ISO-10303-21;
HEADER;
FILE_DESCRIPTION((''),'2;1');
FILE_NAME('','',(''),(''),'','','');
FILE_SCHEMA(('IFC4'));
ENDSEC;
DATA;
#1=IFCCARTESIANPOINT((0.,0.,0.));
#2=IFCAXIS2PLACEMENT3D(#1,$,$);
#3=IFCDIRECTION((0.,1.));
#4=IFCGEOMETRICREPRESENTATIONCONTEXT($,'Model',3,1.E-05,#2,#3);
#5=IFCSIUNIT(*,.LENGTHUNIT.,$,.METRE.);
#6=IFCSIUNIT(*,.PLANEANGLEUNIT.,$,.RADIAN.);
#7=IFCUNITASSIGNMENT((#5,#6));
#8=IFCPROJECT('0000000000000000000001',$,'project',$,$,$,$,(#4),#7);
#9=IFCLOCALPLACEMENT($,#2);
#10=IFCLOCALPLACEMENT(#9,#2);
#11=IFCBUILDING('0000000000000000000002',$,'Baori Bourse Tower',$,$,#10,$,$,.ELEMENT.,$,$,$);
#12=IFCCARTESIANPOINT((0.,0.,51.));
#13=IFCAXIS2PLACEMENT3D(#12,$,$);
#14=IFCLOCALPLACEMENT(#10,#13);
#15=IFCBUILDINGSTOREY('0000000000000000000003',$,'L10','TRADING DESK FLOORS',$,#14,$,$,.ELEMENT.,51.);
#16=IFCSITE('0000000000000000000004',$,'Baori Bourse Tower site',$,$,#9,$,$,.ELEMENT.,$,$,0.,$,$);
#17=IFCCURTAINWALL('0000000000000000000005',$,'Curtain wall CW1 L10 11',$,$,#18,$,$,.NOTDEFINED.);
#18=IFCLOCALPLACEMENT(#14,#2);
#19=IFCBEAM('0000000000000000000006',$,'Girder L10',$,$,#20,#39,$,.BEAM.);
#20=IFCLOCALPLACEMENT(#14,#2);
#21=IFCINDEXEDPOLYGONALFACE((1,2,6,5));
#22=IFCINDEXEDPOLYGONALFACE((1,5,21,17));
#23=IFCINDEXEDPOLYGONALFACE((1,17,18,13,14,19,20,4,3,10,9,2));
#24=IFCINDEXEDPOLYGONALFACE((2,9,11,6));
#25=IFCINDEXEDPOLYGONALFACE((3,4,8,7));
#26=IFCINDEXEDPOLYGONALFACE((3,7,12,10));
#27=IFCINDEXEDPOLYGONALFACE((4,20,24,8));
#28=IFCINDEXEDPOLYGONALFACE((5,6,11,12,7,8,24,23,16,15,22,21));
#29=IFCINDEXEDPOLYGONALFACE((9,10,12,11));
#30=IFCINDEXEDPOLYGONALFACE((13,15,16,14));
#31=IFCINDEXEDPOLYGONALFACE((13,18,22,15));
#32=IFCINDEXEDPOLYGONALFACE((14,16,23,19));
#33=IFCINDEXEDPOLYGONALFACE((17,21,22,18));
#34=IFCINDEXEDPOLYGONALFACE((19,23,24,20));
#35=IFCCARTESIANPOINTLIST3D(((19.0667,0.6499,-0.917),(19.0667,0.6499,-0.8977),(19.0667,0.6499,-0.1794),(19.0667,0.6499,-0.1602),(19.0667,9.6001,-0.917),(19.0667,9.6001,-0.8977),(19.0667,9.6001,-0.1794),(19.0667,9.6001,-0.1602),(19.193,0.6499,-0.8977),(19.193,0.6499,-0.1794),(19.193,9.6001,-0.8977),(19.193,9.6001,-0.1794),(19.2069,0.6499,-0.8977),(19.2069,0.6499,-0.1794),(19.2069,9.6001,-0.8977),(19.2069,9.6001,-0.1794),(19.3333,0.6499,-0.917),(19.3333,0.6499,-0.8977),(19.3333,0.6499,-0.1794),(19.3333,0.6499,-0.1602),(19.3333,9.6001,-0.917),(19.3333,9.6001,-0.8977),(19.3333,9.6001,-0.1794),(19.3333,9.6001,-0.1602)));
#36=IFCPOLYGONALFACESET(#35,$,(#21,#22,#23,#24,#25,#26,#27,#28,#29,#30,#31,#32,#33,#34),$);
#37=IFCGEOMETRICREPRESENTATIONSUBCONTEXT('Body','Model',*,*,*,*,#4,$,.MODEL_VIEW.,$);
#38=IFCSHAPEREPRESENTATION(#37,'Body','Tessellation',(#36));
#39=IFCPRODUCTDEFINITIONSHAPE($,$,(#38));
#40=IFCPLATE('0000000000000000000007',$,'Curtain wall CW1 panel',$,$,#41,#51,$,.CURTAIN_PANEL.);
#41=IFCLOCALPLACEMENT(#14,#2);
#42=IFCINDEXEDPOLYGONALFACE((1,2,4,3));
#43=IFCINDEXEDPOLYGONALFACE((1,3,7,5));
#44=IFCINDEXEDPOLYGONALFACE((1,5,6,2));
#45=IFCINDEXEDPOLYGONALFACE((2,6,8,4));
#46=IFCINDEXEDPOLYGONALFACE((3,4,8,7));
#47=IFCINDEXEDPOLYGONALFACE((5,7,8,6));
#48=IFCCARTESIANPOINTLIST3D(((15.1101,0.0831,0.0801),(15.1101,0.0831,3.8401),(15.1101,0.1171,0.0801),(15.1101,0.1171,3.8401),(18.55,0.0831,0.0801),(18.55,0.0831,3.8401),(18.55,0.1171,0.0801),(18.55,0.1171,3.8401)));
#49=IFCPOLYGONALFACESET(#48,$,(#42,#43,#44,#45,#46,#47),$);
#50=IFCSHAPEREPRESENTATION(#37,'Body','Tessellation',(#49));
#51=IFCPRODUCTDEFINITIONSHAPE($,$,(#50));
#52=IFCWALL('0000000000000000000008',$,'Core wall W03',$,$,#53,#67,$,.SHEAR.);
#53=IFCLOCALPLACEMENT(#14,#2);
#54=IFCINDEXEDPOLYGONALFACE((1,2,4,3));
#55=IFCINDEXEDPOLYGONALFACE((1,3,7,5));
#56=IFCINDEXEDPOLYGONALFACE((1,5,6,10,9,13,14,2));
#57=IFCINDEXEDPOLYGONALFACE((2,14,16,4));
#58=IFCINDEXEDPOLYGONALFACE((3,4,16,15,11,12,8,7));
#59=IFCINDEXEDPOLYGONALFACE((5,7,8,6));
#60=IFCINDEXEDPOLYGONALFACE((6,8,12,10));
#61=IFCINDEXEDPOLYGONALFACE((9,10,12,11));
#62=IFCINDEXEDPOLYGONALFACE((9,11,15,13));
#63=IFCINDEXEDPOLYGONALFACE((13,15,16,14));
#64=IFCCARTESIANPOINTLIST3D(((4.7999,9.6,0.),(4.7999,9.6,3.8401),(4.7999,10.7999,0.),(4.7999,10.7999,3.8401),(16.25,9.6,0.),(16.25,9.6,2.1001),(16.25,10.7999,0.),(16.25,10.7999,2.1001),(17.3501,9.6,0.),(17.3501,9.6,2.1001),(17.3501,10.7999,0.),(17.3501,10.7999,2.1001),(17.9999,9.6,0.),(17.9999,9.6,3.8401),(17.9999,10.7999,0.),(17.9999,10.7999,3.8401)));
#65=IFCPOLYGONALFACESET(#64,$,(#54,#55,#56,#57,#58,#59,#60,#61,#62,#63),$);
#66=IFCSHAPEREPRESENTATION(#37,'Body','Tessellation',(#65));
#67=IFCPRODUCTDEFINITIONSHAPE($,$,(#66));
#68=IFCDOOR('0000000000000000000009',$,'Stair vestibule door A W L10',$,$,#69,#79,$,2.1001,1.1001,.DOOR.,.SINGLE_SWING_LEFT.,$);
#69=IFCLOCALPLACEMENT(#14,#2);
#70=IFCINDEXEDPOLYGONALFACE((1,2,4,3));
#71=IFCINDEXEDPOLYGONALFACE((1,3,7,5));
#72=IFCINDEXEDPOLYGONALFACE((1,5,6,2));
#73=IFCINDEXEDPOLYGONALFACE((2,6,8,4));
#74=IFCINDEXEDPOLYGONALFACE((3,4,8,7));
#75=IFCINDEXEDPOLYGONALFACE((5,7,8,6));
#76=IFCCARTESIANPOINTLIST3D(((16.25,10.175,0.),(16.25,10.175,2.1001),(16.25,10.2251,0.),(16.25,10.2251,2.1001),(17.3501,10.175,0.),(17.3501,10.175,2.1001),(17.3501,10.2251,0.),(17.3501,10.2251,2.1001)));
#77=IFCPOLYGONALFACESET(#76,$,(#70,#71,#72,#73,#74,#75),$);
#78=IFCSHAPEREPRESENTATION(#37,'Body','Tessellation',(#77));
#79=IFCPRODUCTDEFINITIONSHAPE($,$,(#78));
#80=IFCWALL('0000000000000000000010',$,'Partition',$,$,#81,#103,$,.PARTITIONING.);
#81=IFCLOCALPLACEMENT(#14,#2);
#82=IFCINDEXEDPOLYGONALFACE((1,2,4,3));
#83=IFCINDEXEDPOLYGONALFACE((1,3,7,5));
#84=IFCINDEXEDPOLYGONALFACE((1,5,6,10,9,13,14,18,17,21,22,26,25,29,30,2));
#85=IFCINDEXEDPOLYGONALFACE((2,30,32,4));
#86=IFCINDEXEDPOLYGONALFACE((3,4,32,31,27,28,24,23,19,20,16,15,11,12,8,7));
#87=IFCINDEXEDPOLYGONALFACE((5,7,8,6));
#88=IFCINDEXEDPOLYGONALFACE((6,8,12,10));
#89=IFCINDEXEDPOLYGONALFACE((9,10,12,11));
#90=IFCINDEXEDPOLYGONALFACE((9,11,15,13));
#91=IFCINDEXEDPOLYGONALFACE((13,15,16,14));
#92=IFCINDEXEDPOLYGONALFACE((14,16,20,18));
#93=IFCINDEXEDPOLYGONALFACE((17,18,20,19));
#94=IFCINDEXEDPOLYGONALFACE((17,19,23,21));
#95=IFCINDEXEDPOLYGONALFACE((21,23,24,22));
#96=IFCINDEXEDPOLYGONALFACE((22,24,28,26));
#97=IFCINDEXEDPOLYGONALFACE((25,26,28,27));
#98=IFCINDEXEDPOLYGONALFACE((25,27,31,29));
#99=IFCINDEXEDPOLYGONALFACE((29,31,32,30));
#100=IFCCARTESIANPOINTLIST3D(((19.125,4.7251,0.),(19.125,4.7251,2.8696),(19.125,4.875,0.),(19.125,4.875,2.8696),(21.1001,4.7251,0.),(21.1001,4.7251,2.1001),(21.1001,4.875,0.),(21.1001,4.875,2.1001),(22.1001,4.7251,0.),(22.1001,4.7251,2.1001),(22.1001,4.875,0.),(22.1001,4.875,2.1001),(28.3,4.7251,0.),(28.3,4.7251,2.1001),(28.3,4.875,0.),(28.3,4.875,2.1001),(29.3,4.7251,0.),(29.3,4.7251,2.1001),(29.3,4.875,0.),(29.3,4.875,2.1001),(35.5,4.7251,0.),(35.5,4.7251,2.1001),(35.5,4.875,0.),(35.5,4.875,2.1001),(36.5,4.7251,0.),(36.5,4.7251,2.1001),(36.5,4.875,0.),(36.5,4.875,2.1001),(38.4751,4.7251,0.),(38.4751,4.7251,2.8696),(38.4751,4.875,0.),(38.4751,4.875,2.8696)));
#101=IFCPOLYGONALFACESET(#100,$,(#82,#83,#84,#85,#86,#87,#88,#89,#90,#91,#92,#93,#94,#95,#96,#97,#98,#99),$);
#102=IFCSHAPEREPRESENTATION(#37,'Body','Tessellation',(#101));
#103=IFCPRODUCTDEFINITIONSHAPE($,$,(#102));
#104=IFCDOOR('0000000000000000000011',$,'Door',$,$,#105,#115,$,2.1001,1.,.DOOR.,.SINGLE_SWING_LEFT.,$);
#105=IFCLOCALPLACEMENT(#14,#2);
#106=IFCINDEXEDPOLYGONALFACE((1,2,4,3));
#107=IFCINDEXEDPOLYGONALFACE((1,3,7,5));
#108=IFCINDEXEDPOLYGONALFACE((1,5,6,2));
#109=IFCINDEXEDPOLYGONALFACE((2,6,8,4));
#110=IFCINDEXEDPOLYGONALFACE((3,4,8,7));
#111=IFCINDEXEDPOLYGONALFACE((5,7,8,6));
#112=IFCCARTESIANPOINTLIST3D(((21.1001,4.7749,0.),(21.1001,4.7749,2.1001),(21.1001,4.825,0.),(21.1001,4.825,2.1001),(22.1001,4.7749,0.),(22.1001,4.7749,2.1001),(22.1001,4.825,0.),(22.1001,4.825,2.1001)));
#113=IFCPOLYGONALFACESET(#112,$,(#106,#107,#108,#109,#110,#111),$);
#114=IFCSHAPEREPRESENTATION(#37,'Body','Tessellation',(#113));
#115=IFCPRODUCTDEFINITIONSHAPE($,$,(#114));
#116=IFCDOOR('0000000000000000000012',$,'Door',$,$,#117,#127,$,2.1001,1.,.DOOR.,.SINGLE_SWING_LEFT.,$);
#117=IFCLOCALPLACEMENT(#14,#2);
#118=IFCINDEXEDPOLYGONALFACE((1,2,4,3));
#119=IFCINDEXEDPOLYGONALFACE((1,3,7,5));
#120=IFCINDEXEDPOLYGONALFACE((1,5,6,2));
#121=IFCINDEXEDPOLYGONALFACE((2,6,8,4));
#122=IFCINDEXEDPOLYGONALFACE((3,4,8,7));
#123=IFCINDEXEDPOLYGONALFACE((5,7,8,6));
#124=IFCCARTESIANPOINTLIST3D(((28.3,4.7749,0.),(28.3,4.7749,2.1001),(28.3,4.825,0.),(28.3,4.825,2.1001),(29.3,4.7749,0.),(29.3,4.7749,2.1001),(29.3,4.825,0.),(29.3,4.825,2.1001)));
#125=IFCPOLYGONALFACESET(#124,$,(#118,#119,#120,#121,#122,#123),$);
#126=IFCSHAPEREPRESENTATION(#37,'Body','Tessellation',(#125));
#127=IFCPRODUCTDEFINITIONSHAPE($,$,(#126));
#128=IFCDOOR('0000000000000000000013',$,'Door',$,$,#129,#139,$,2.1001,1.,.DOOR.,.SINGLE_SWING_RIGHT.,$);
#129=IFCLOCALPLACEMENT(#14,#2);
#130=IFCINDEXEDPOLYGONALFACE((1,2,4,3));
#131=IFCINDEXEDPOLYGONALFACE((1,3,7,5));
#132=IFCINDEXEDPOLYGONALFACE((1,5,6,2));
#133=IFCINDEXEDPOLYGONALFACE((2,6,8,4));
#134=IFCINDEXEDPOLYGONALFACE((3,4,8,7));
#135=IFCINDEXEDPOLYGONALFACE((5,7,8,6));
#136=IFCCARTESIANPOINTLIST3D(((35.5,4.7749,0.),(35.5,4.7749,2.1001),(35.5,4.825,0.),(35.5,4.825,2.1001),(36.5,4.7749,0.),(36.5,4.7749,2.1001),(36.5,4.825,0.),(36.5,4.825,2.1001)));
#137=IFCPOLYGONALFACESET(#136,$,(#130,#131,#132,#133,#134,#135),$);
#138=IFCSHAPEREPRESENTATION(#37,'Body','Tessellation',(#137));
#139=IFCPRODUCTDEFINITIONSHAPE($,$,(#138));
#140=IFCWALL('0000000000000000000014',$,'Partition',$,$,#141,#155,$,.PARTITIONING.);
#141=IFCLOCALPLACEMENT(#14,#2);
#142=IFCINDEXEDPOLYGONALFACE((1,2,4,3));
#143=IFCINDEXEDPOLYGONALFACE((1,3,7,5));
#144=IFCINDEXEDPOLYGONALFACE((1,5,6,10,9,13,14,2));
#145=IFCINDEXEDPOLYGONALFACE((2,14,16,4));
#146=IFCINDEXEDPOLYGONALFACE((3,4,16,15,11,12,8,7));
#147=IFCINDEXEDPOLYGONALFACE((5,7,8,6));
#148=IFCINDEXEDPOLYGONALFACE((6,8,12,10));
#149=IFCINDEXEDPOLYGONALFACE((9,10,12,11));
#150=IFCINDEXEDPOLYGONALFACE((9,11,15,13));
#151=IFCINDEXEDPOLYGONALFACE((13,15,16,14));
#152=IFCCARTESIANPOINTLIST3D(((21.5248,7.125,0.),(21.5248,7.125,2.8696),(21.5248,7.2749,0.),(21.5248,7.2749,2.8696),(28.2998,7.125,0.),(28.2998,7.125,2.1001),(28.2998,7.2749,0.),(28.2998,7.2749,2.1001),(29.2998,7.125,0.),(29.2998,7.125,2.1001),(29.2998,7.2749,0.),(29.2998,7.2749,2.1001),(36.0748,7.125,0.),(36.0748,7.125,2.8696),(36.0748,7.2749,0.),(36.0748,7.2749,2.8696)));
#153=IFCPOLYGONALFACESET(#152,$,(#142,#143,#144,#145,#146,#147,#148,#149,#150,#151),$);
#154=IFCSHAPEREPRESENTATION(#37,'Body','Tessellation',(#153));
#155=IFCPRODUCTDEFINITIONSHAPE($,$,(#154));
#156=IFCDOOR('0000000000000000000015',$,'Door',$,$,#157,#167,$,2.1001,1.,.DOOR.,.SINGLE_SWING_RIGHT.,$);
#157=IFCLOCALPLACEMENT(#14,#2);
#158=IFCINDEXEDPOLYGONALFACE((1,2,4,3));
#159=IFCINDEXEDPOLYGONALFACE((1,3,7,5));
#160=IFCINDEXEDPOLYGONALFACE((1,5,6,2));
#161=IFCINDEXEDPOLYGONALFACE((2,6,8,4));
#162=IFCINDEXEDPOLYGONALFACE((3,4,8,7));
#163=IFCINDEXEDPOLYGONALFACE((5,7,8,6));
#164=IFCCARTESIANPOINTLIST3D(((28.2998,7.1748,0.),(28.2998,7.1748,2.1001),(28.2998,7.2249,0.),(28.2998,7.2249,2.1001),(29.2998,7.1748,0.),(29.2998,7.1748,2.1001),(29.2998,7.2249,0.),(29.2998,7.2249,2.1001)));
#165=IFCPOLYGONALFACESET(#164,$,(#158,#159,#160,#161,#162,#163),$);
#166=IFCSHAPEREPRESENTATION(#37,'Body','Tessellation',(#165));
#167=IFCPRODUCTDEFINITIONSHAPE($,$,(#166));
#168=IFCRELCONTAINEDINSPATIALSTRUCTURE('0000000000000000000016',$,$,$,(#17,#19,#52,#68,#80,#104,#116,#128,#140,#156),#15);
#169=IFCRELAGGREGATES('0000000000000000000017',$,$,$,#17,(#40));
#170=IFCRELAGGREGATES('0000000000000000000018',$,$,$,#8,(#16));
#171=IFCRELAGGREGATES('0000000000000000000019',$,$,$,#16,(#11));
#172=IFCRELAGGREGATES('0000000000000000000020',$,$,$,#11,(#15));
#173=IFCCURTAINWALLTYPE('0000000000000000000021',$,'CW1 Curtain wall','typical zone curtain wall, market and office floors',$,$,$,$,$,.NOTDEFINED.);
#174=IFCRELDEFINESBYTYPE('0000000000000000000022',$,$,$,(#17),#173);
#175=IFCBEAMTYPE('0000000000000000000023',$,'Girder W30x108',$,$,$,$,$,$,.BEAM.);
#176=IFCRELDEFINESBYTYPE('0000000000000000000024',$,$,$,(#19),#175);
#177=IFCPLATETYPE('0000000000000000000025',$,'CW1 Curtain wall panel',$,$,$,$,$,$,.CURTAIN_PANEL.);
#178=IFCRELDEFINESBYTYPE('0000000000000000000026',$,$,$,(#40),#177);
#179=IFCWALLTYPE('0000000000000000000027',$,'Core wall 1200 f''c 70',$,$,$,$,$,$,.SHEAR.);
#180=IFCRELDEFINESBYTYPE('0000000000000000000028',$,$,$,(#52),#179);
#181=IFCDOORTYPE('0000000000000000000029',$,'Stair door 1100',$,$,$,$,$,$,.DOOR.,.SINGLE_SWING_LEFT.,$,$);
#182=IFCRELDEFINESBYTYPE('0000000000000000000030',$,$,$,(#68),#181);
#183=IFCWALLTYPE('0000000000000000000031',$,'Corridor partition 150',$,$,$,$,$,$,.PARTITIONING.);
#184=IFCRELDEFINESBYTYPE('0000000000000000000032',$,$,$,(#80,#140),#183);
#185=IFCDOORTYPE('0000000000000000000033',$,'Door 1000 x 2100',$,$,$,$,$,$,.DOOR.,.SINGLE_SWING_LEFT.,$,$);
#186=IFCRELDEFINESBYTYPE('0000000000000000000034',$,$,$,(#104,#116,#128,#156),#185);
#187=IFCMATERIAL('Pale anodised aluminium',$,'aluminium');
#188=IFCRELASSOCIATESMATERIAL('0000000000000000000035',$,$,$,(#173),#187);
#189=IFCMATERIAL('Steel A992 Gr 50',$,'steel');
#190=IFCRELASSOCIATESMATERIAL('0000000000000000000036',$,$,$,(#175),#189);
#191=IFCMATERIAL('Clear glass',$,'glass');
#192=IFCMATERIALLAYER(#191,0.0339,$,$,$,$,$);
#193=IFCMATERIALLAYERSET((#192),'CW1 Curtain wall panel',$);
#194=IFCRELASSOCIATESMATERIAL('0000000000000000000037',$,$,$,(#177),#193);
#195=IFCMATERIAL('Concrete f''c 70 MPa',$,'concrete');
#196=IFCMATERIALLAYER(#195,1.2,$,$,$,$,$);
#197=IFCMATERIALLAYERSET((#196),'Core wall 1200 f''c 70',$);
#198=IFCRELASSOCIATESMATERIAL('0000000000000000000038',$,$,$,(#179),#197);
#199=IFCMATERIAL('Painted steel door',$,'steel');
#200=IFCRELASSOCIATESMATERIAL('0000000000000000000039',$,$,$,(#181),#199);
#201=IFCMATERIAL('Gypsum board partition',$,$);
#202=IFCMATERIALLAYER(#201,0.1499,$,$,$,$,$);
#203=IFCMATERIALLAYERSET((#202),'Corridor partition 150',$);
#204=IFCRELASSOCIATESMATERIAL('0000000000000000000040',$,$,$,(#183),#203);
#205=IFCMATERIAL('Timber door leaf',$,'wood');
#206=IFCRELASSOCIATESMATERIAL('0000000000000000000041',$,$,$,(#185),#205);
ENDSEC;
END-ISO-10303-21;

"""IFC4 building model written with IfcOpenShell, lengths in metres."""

from ifc_helpers import new_model, si_unit, direction, frame, frame_2d, origin, origin_2d, place, context, subcontext, project, spatial, rectangle, i_section, extrude, material, layer, layer_set, material_profile, profile_set, type_object, element, fill, aggregate, save


model = new_model("IFC4")

# Units and contexts
model_context = context("Model", 3, precision=1e-05, world=origin(), true_north=direction((0.0, 1.0)))
body_context = subcontext(model_context, "Body", "Model", "MODEL_VIEW")
ifc_project = project(units=[si_unit("LENGTHUNIT", "METRE"), si_unit("PLANEANGLEUNIT", "RADIAN")], contexts=[model_context])

# Site, building, storey
site_placement = place(None, origin())
site = spatial("IfcSite", under=ifc_project, at=site_placement, Name="Baori Bourse Tower site", CompositionType="ELEMENT", RefElevation=0.0)
building_placement = place(site_placement, origin())
building = spatial("IfcBuilding", under=site, at=building_placement, Name="Baori Bourse Tower", CompositionType="ELEMENT")
storey_placement = place(building_placement, frame((0.0, 0.0, 51.0)))
storey = spatial("IfcBuildingStorey", under=building, at=storey_placement, Name="L10", Description="TRADING DESK FLOORS", CompositionType="ELEMENT", Elevation=51.0)

# Curtain wall
ifc_material_1 = material(Name="Pale anodised aluminium", Category="aluminium")
curtain_wall_type_1 = type_object("IfcCurtainWallType", Name="CW1 Curtain wall", Description="typical zone curtain wall, market and office floors", PredefinedType="NOTDEFINED", material=ifc_material_1)
curtain_wall_1_placement = place(storey_placement, origin())
curtain_wall_1 = element("IfcCurtainWall", 1, at=curtain_wall_1_placement, inside=storey, type_object=curtain_wall_type_1, Name="Curtain wall CW1 L10 11", PredefinedType="NOTDEFINED")

# Beam
ifc_material_2 = material(Name="Steel A992 Gr 50", Category="steel")
ifc_material_profile_1 = material_profile(ifc_material_2, i_section(OverallWidth=0.2666, OverallDepth=0.7568, WebThickness=0.0139, FlangeThickness=0.0193, at=origin_2d()), Name="W30x108")
ifc_profile_set_1 = profile_set([ifc_material_profile_1], Name="Steel A992 Gr 50")
beam_type_1 = type_object("IfcBeamType", Name="Girder W30x108", PredefinedType="BEAM", material=ifc_profile_set_1)
beam_1_placement = place(storey_placement, frame((19.2, 0.6499, -0.5386), z_axis=(0.0, 1.0, 0.0), x_axis=(-1.0, 0.0, 0.0)))
element("IfcBeam", 2, at=beam_1_placement, inside=storey, type_object=beam_type_1, Name="Girder L10", PredefinedType="BEAM", context=body_context, shape_type="SweptSolid", body=[
    extrude(i_section(OverallWidth=0.2666, OverallDepth=0.7568, WebThickness=0.0139, FlangeThickness=0.0193, at=origin_2d()), origin(), (0.0, 0.0, 1.0), 8.9502),
])

# Plate
ifc_material_3 = material(Name="Clear glass", Category="glass")
ifc_layer_1 = layer(ifc_material_3, 0.0339)
ifc_layer_set_1 = layer_set([ifc_layer_1], Name="CW1 Curtain wall panel")
plate_type = type_object("IfcPlateType", Name="CW1 Curtain wall panel", PredefinedType="CURTAIN_PANEL", material=ifc_layer_set_1)
plate_placement = place(storey_placement, frame((16.8301, 0.1001, 0.0801), z_axis=(0.0, 0.0, 1.0), x_axis=(1.0, 0.0, 0.0)))
plate = element("IfcPlate", 3, at=plate_placement, type_object=plate_type, Name="Curtain wall CW1 panel", PredefinedType="CURTAIN_PANEL", context=body_context, shape_type="SweptSolid", body=[
    extrude(rectangle(XDim=3.4399, YDim=0.0339, at=origin_2d()), origin(), (0.0, 0.0, 1.0), 3.76),
])
aggregate(curtain_wall_1, [plate])

# Wall, opening, door
ifc_material_4 = material(Name="Concrete f'c 70 MPa", Category="concrete")
ifc_layer_2 = layer(ifc_material_4, 1.2)
ifc_layer_set_2 = layer_set([ifc_layer_2], Name="Core wall 1200 f'c 70")
wall_type_1 = type_object("IfcWallType", Name="Core wall 1200 f'c 70", PredefinedType="SHEAR", material=ifc_layer_set_2)
wall_1_placement = place(storey_placement, frame((18.0, 10.2, 0.0), z_axis=(0.0, 0.0, 1.0), x_axis=(-1.0, 0.0, 0.0)))
wall_1 = element("IfcWall", 4, at=wall_1_placement, inside=storey, type_object=wall_type_1, Name="Core wall W03", PredefinedType="SHEAR", context=body_context, shape_type="SweptSolid", body=[
    extrude(rectangle(XDim=13.2, YDim=1.2, at=frame_2d((6.6001, 0.0))), origin(), (0.0, 0.0, 1.0), 3.8401),
])
opening_1_placement = place(wall_1_placement, frame((0.6499, 0.0, 0.0)))
opening_1 = element("IfcOpeningElement", 5, at=opening_1_placement, cuts=wall_1, PredefinedType="OPENING", context=body_context, shape_type="SweptSolid", body=[
    extrude(rectangle(XDim=1.1001, YDim=2.1001, at=frame_2d((0.55, 1.05))), frame((0.0, 0.6099, 0.0), z_axis=(0.0, -1.0, 0.0), x_axis=(1.0, 0.0, 0.0)), (0.0, 0.0, 1.0), 1.22),
])
ifc_material_5 = material(Name="Painted steel door", Category="steel")
door_type_1 = type_object("IfcDoorType", Name="Stair door 1100", OperationType="SINGLE_SWING_LEFT", PredefinedType="DOOR", material=ifc_material_5)
door_1_placement = place(opening_1_placement, origin())
door_1 = element("IfcDoor", 6, at=door_1_placement, inside=storey, type_object=door_type_1, Name="Stair vestibule door A W L10", OperationType="SINGLE_SWING_LEFT", OverallHeight=2.1001, OverallWidth=1.1001, PredefinedType="DOOR", context=body_context, shape_type="SweptSolid", body=[
    extrude(rectangle(XDim=1.1001, YDim=2.1001, at=frame_2d((0.55, 1.05))), frame((0.0, 0.0249, 0.0), z_axis=(0.0, -1.0, 0.0), x_axis=(1.0, 0.0, 0.0)), (0.0, 0.0, 1.0), 0.05),
])
fill(opening_1, door_1)

# Wall, openings, doors
ifc_material_6 = material(Name="Gypsum board partition")
ifc_layer_3 = layer(ifc_material_6, 0.1499)
ifc_layer_set_3 = layer_set([ifc_layer_3], Name="Corridor partition 150")
wall_type_2 = type_object("IfcWallType", Name="Corridor partition 150", PredefinedType="PARTITIONING", material=ifc_layer_set_3)
wall_2_placement = place(storey_placement, frame((19.125, 4.8, 0.0), z_axis=(0.0, 0.0, 1.0), x_axis=(1.0, 0.0, 0.0)))
wall_2 = element("IfcWall", 7, at=wall_2_placement, inside=storey, type_object=wall_type_2, Name="Partition", PredefinedType="PARTITIONING", context=body_context, shape_type="SweptSolid", body=[
    extrude(rectangle(XDim=19.3501, YDim=0.1499, at=frame_2d((9.675, 0.0))), origin(), (0.0, 0.0, 1.0), 2.8696),
])
opening_2_placement = place(wall_2_placement, frame((1.9751, 0.0, 0.0)))
opening_2 = element("IfcOpeningElement", 8, at=opening_2_placement, cuts=wall_2, PredefinedType="OPENING", context=body_context, shape_type="SweptSolid", body=[
    extrude(rectangle(XDim=1.0, YDim=2.1001, at=frame_2d((0.5, 1.05))), frame((0.0, 0.085, 0.0), z_axis=(0.0, -1.0, 0.0), x_axis=(1.0, 0.0, 0.0)), (0.0, 0.0, 1.0), 0.1699),
])
opening_3_placement = place(wall_2_placement, frame((9.175, 0.0, 0.0)))
opening_3 = element("IfcOpeningElement", 9, at=opening_3_placement, cuts=wall_2, PredefinedType="OPENING", context=body_context, shape_type="SweptSolid", body=[
    extrude(rectangle(XDim=1.0, YDim=2.1001, at=frame_2d((0.5, 1.05))), frame((0.0, 0.085, 0.0), z_axis=(0.0, -1.0, 0.0), x_axis=(1.0, 0.0, 0.0)), (0.0, 0.0, 1.0), 0.1699),
])
opening_4_placement = place(wall_2_placement, frame((16.375, 0.0, 0.0)))
opening_4 = element("IfcOpeningElement", 10, at=opening_4_placement, cuts=wall_2, PredefinedType="OPENING", context=body_context, shape_type="SweptSolid", body=[
    extrude(rectangle(XDim=1.0, YDim=2.1001, at=frame_2d((0.5, 1.05))), frame((0.0, 0.085, 0.0), z_axis=(0.0, -1.0, 0.0), x_axis=(1.0, 0.0, 0.0)), (0.0, 0.0, 1.0), 0.1699),
])
ifc_material_7 = material(Name="Timber door leaf", Category="wood")
door_type_2 = type_object("IfcDoorType", Name="Door 1000 x 2100", OperationType="SINGLE_SWING_LEFT", PredefinedType="DOOR", material=ifc_material_7)
door_2_placement = place(opening_2_placement, origin())
door_2 = element("IfcDoor", 11, at=door_2_placement, inside=storey, type_object=door_type_2, Name="Door", OperationType="SINGLE_SWING_LEFT", OverallHeight=2.1001, OverallWidth=1.0, PredefinedType="DOOR", context=body_context, shape_type="SweptSolid", body=[
    extrude(rectangle(XDim=1.0, YDim=2.1001, at=frame_2d((0.5, 1.05))), frame((0.0, 0.0249, 0.0), z_axis=(0.0, -1.0, 0.0), x_axis=(1.0, 0.0, 0.0)), (0.0, 0.0, 1.0), 0.05),
])
fill(opening_2, door_2)
door_3_placement = place(opening_3_placement, origin())
door_3 = element("IfcDoor", 12, at=door_3_placement, inside=storey, type_object=door_type_2, Name="Door", OperationType="SINGLE_SWING_LEFT", OverallHeight=2.1001, OverallWidth=1.0, PredefinedType="DOOR", context=body_context, shape_type="SweptSolid", body=[
    extrude(rectangle(XDim=1.0, YDim=2.1001, at=frame_2d((0.5, 1.05))), frame((0.0, 0.0249, 0.0), z_axis=(0.0, -1.0, 0.0), x_axis=(1.0, 0.0, 0.0)), (0.0, 0.0, 1.0), 0.05),
])
fill(opening_3, door_3)
door_4_placement = place(opening_4_placement, origin())
door_4 = element("IfcDoor", 13, at=door_4_placement, inside=storey, type_object=door_type_2, Name="Door", OperationType="SINGLE_SWING_RIGHT", OverallHeight=2.1001, OverallWidth=1.0, PredefinedType="DOOR", context=body_context, shape_type="SweptSolid", body=[
    extrude(rectangle(XDim=1.0, YDim=2.1001, at=frame_2d((0.5, 1.05))), frame((0.0, 0.0249, 0.0), z_axis=(0.0, -1.0, 0.0), x_axis=(1.0, 0.0, 0.0)), (0.0, 0.0, 1.0), 0.05),
])
fill(opening_4, door_4)

# Wall, opening, door
wall_3_placement = place(storey_placement, frame((21.5249, 7.2, 0.0), z_axis=(0.0, 0.0, 1.0), x_axis=(1.0, 0.0, 0.0)))
wall_3 = element("IfcWall", 14, at=wall_3_placement, inside=storey, type_object=wall_type_2, Name="Partition", PredefinedType="PARTITIONING", context=body_context, shape_type="SweptSolid", body=[
    extrude(rectangle(XDim=14.55, YDim=0.1499, at=frame_2d((7.2749, 0.0))), origin(), (0.0, 0.0, 1.0), 2.8696),
])
opening_5_placement = place(wall_3_placement, frame((6.7749, 0.0, 0.0)))
opening_5 = element("IfcOpeningElement", 15, at=opening_5_placement, cuts=wall_3, PredefinedType="OPENING", context=body_context, shape_type="SweptSolid", body=[
    extrude(rectangle(XDim=1.0, YDim=2.1001, at=frame_2d((0.5, 1.05))), frame((0.0, 0.085, 0.0), z_axis=(0.0, -1.0, 0.0), x_axis=(1.0, 0.0, 0.0)), (0.0, 0.0, 1.0), 0.1699),
])
door_5_placement = place(opening_5_placement, origin())
door_5 = element("IfcDoor", 16, at=door_5_placement, inside=storey, type_object=door_type_2, Name="Door", OperationType="SINGLE_SWING_RIGHT", OverallHeight=2.1001, OverallWidth=1.0, PredefinedType="DOOR", context=body_context, shape_type="SweptSolid", body=[
    extrude(rectangle(XDim=1.0, YDim=2.1001, at=frame_2d((0.5, 1.05))), frame((0.0, 0.0249, 0.0), z_axis=(0.0, -1.0, 0.0), x_axis=(1.0, 0.0, 0.0)), (0.0, 0.0, 1.0), 0.05),
])
fill(opening_5, door_5)

save(model, "model.ifc")
